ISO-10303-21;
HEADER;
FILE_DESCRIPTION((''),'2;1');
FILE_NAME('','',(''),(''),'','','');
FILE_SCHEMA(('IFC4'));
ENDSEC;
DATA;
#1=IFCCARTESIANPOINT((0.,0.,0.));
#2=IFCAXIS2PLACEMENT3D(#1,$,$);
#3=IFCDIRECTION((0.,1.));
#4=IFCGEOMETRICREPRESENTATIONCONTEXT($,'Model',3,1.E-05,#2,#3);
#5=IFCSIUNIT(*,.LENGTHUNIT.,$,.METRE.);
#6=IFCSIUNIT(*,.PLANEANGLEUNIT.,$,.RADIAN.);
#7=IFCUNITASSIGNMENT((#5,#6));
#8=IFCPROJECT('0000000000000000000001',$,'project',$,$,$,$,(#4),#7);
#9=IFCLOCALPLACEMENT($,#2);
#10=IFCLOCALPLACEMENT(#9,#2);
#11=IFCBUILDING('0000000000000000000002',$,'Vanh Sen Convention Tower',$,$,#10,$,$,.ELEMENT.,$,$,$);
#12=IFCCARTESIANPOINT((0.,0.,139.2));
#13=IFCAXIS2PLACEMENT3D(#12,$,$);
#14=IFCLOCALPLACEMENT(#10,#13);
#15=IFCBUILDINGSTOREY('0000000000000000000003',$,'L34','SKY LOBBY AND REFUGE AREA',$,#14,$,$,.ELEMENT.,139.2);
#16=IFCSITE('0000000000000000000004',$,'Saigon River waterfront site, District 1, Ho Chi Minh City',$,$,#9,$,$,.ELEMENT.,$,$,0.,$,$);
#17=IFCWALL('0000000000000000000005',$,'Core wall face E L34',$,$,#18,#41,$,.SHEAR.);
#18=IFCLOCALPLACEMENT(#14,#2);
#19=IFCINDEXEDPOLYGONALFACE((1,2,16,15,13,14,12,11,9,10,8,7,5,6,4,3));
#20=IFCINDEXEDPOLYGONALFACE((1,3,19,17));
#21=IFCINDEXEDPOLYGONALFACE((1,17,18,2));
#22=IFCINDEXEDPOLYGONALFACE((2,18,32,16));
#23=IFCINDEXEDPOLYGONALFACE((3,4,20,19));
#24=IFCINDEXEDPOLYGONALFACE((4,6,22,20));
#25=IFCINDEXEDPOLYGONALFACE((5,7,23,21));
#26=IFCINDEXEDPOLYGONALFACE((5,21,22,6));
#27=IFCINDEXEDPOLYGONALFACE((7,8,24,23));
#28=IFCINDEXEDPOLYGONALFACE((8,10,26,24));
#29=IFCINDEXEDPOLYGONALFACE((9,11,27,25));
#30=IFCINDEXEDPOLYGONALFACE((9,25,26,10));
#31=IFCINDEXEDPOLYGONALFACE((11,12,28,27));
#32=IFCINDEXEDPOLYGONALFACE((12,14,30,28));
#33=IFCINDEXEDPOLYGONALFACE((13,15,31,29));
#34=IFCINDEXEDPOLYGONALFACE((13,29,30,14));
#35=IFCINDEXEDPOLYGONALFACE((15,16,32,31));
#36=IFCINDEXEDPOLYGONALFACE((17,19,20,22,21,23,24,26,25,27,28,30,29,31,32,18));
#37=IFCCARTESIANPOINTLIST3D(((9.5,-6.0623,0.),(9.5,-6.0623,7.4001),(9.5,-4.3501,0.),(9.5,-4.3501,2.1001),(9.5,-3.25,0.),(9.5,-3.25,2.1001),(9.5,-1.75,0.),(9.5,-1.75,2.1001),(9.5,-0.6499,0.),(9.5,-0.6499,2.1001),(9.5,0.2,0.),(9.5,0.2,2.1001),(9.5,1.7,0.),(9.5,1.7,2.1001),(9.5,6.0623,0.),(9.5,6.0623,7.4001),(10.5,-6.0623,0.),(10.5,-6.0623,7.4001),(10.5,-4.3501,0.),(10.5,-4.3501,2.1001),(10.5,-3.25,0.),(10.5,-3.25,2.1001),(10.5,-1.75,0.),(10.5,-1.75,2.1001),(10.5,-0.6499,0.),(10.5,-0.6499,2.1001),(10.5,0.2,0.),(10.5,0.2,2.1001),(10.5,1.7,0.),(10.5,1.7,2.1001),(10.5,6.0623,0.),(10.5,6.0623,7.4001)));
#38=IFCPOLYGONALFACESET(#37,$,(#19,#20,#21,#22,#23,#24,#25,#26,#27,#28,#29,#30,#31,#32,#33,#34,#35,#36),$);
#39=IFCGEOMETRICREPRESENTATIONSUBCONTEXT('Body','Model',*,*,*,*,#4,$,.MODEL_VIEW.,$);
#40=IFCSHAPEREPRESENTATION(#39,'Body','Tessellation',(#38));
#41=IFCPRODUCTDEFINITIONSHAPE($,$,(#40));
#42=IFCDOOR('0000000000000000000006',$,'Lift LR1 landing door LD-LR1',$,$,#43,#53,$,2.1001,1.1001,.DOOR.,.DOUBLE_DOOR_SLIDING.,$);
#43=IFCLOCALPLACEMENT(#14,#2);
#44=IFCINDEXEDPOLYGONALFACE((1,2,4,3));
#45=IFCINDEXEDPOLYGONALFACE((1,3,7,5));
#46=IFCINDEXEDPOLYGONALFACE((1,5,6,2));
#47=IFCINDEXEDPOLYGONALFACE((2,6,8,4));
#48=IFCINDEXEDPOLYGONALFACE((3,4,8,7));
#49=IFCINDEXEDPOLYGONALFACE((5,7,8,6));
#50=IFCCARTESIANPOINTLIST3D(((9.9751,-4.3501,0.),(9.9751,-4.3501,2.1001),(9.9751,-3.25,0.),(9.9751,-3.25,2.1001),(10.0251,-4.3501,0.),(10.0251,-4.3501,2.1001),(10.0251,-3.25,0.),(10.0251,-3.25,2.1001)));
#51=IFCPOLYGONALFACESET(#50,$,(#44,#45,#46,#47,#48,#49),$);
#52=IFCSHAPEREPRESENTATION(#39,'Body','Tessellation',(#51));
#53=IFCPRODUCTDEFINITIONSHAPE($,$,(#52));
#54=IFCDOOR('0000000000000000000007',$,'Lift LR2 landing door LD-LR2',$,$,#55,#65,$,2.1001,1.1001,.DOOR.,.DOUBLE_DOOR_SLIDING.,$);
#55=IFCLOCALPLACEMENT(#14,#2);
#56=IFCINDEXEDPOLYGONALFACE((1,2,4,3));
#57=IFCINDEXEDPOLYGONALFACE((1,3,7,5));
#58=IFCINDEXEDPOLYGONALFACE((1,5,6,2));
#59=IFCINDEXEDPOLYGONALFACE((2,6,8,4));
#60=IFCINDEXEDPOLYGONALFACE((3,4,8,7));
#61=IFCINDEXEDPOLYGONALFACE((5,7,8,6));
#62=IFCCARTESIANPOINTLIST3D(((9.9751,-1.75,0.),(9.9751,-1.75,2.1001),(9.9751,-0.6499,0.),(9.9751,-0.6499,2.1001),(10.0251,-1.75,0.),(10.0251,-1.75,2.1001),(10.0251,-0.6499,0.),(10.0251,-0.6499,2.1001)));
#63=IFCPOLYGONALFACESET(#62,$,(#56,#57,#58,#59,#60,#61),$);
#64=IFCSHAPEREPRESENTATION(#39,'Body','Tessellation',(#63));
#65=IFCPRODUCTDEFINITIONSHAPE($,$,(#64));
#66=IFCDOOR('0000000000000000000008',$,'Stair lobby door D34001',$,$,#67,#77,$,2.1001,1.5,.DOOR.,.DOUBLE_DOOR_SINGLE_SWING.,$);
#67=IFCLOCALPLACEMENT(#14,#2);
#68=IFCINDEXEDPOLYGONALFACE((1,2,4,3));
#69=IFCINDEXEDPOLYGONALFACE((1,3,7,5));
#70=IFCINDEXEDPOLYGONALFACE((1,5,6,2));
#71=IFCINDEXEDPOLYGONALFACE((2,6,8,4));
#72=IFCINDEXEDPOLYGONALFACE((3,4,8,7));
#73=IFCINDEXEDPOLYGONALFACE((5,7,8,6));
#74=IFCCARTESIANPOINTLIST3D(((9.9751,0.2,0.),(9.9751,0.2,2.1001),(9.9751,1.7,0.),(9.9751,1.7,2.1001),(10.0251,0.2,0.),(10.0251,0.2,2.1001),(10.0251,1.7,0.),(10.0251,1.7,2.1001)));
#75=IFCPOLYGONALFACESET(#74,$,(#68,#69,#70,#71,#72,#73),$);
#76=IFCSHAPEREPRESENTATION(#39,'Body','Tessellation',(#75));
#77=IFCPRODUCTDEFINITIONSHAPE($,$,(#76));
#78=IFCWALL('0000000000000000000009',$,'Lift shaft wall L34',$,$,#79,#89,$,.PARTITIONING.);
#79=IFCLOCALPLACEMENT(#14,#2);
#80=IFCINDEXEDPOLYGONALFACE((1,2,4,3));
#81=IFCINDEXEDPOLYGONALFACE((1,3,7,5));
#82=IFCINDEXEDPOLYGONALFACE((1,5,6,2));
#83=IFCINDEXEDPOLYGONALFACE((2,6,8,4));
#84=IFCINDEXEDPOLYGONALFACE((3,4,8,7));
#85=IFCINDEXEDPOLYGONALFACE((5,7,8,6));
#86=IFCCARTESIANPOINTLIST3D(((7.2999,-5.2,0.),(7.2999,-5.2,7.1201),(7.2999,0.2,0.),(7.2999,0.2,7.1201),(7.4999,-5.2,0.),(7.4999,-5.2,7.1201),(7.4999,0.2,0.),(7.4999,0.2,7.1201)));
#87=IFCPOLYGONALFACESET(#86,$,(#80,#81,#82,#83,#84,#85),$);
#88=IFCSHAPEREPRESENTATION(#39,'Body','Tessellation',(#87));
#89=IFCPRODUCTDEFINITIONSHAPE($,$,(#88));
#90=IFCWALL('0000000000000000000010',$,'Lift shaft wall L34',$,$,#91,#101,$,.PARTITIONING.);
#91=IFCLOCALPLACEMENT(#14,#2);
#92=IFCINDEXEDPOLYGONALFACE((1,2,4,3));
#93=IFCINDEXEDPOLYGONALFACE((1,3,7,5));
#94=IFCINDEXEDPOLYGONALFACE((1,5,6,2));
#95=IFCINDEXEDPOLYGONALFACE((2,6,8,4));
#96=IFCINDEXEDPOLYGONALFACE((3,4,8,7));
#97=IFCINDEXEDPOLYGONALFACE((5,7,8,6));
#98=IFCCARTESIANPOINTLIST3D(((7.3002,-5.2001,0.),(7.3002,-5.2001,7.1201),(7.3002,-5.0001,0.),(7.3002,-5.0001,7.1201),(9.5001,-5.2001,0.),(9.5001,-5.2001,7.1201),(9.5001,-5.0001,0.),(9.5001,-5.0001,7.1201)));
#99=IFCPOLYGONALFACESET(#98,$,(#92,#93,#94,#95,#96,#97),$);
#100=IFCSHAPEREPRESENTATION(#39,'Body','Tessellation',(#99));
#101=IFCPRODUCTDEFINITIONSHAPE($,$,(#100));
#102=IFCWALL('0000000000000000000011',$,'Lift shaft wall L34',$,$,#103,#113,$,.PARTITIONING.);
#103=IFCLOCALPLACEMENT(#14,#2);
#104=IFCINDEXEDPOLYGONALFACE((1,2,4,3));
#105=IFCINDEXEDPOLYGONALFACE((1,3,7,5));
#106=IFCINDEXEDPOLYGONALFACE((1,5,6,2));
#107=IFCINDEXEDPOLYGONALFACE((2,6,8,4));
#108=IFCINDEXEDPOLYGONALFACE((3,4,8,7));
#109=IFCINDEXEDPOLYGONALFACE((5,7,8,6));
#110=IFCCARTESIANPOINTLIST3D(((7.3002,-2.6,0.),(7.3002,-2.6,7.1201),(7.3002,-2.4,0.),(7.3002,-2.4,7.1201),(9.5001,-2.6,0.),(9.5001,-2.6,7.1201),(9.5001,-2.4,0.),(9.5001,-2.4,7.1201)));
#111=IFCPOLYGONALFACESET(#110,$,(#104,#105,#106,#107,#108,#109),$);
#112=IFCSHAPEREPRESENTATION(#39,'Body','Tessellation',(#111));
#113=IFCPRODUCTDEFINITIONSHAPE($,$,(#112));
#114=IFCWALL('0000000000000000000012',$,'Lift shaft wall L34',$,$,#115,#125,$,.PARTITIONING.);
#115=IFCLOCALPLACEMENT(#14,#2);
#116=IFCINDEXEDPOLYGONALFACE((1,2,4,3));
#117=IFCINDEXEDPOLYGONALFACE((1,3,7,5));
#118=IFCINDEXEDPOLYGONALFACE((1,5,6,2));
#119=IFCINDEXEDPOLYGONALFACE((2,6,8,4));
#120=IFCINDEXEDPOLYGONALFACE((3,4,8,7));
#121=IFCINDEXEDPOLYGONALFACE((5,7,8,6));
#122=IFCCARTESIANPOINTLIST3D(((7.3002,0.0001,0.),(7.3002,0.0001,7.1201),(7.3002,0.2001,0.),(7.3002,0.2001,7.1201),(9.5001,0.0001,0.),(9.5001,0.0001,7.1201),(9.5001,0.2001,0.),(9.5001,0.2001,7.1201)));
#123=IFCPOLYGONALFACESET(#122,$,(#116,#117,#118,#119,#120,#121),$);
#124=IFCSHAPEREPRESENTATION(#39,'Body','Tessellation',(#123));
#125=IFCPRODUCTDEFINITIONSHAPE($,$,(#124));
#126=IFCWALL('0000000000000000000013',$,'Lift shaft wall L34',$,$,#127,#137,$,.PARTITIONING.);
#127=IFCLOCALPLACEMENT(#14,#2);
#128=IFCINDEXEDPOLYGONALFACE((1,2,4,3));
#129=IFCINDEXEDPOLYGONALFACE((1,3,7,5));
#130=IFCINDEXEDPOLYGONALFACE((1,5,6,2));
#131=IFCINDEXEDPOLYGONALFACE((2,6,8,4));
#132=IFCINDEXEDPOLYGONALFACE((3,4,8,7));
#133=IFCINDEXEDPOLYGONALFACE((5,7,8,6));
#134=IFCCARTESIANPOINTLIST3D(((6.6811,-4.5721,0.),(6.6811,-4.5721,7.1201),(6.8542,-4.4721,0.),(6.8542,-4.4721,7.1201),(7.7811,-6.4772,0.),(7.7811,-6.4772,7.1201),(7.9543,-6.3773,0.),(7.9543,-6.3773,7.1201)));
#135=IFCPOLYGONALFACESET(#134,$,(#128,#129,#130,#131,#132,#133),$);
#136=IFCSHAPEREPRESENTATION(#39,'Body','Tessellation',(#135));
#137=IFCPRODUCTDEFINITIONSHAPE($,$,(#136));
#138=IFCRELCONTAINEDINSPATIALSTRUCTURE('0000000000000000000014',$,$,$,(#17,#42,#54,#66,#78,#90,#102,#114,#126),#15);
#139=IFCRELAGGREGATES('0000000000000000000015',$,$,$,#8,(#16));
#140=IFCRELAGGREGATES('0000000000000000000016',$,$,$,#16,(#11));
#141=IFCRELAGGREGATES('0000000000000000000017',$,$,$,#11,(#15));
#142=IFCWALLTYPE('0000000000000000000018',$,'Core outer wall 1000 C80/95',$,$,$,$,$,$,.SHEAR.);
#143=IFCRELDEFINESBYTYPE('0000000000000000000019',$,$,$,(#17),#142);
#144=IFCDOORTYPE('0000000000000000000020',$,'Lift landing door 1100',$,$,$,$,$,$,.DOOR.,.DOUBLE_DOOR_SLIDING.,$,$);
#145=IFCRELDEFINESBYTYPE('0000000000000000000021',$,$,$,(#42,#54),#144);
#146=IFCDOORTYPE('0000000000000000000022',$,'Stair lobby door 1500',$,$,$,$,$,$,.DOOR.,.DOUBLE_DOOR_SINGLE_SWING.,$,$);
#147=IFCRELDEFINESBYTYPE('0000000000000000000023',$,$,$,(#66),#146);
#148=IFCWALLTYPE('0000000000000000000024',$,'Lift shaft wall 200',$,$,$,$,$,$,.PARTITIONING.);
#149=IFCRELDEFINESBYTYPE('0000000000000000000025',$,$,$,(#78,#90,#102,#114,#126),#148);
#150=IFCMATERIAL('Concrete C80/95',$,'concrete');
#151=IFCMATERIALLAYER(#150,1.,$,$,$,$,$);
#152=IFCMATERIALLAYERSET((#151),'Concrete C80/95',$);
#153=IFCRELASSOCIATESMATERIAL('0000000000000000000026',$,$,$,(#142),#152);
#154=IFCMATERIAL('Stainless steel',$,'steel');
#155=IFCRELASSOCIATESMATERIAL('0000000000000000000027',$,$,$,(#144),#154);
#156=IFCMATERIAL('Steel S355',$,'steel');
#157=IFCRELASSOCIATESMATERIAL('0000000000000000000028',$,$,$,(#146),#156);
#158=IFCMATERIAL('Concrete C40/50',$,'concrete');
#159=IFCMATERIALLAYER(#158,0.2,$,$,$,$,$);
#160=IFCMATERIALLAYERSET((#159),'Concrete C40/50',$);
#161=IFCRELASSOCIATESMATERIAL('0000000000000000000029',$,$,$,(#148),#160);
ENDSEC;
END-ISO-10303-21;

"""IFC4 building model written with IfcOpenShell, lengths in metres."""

from ifc_helpers import new_model, si_unit, direction, frame, frame_2d, origin, place, context, subcontext, project, spatial, rectangle, extrude, material, layer, layer_set, type_object, element, fill, save


model = new_model("IFC4")

# Units and contexts
model_context = context("Model", 3, precision=1e-05, world=origin(), true_north=direction((0.0, 1.0)))
body_context = subcontext(model_context, "Body", "Model", "MODEL_VIEW")
ifc_project = project(units=[si_unit("LENGTHUNIT", "METRE"), si_unit("PLANEANGLEUNIT", "RADIAN")], contexts=[model_context])

# Site, building, storey
site_placement = place(None, origin())
site = spatial("IfcSite", under=ifc_project, at=site_placement, Name="Saigon River waterfront site, District 1, Ho Chi Minh City", CompositionType="ELEMENT", RefElevation=0.0)
building_placement = place(site_placement, origin())
building = spatial("IfcBuilding", under=site, at=building_placement, Name="Vanh Sen Convention Tower", CompositionType="ELEMENT")
storey_placement = place(building_placement, frame((0.0, 0.0, 139.2)))
storey = spatial("IfcBuildingStorey", under=building, at=storey_placement, Name="L34", Description="SKY LOBBY AND REFUGE AREA", CompositionType="ELEMENT", Elevation=139.2)

# Shared definitions
ifc_material_1 = material(Name="Concrete C80/95", Category="concrete")

# Wall, openings, doors
ifc_layer_1 = layer(ifc_material_1, 1.0)
ifc_layer_set_1 = layer_set([ifc_layer_1], Name="Concrete C80/95")
wall_type_1 = type_object("IfcWallType", Name="Core outer wall 1000 C80/95", PredefinedType="SHEAR", material=ifc_layer_set_1)
wall_1_placement = place(storey_placement, frame((10.0, -6.0623, 0.0), z_axis=(0.0, 0.0, 1.0), x_axis=(0.0, 1.0, 0.0)))
wall_1 = element("IfcWall", 1, at=wall_1_placement, inside=storey, type_object=wall_type_1, Name="Core wall face E L34", PredefinedType="SHEAR", context=body_context, shape_type="SweptSolid", body=[
    extrude(rectangle(XDim=12.1245, YDim=1.0, at=frame_2d((6.0623, 0.0))), origin(), (0.0, 0.0, 1.0), 7.4001),
])
opening_1_placement = place(wall_1_placement, frame((6.2622, 0.0, 0.0)))
opening_1 = element("IfcOpeningElement", 2, at=opening_1_placement, cuts=wall_1, PredefinedType="OPENING", context=body_context, shape_type="SweptSolid", body=[
    extrude(rectangle(XDim=1.5, YDim=2.1001, at=frame_2d((0.75, 1.05))), frame((0.0, 0.51, 0.0), z_axis=(0.0, -1.0, 0.0), x_axis=(1.0, 0.0, 0.0)), (0.0, 0.0, 1.0), 1.02),
])
opening_2_placement = place(wall_1_placement, frame((1.7122, 0.0, 0.0)))
opening_2 = element("IfcOpeningElement", 3, at=opening_2_placement, cuts=wall_1, PredefinedType="OPENING", context=body_context, shape_type="SweptSolid", body=[
    extrude(rectangle(XDim=1.1001, YDim=2.1001, at=frame_2d((0.55, 1.05))), frame((0.0, 0.51, 0.0), z_axis=(0.0, -1.0, 0.0), x_axis=(1.0, 0.0, 0.0)), (0.0, 0.0, 1.0), 1.02),
])
opening_3_placement = place(wall_1_placement, frame((4.3123, 0.0, 0.0)))
opening_3 = element("IfcOpeningElement", 4, at=opening_3_placement, cuts=wall_1, PredefinedType="OPENING", context=body_context, shape_type="SweptSolid", body=[
    extrude(rectangle(XDim=1.1001, YDim=2.1001, at=frame_2d((0.55, 1.05))), frame((0.0, 0.51, 0.0), z_axis=(0.0, -1.0, 0.0), x_axis=(1.0, 0.0, 0.0)), (0.0, 0.0, 1.0), 1.02),
])
ifc_material_2 = material(Name="Stainless steel", Category="steel")
door_type_1 = type_object("IfcDoorType", Name="Lift landing door 1100", OperationType="DOUBLE_DOOR_SLIDING", PredefinedType="DOOR", material=ifc_material_2)
door_1_placement = place(opening_2_placement, origin())
door_1 = element("IfcDoor", 5, at=door_1_placement, inside=storey, type_object=door_type_1, Name="Lift LR1 landing door LD-LR1", OperationType="DOUBLE_DOOR_SLIDING", OverallHeight=2.1001, OverallWidth=1.1001, PredefinedType="DOOR", context=body_context, shape_type="SweptSolid", body=[
    extrude(rectangle(XDim=1.1001, YDim=2.1001, at=frame_2d((0.55, 1.05))), frame((0.0, 0.0249, 0.0), z_axis=(0.0, -1.0, 0.0), x_axis=(1.0, 0.0, 0.0)), (0.0, 0.0, 1.0), 0.05),
])
fill(opening_2, door_1)
door_2_placement = place(opening_3_placement, origin())
door_2 = element("IfcDoor", 6, at=door_2_placement, inside=storey, type_object=door_type_1, Name="Lift LR2 landing door LD-LR2", OperationType="DOUBLE_DOOR_SLIDING", OverallHeight=2.1001, OverallWidth=1.1001, PredefinedType="DOOR", context=body_context, shape_type="SweptSolid", body=[
    extrude(rectangle(XDim=1.1001, YDim=2.1001, at=frame_2d((0.55, 1.05))), frame((0.0, 0.0249, 0.0), z_axis=(0.0, -1.0, 0.0), x_axis=(1.0, 0.0, 0.0)), (0.0, 0.0, 1.0), 0.05),
])
fill(opening_3, door_2)
ifc_material_3 = material(Name="Steel S355", Category="steel")
door_type_2 = type_object("IfcDoorType", Name="Stair lobby door 1500", OperationType="DOUBLE_DOOR_SINGLE_SWING", PredefinedType="DOOR", material=ifc_material_3)
door_3_placement = place(opening_1_placement, origin())
door_3 = element("IfcDoor", 7, at=door_3_placement, inside=storey, type_object=door_type_2, Name="Stair lobby door D34001", OperationType="DOUBLE_DOOR_SINGLE_SWING", OverallHeight=2.1001, OverallWidth=1.5, PredefinedType="DOOR", context=body_context, shape_type="SweptSolid", body=[
    extrude(rectangle(XDim=1.5, YDim=2.1001, at=frame_2d((0.75, 1.05))), frame((0.0, 0.0249, 0.0), z_axis=(0.0, -1.0, 0.0), x_axis=(1.0, 0.0, 0.0)), (0.0, 0.0, 1.0), 0.05),
])
fill(opening_1, door_3)

# Walls
ifc_material_4 = material(Name="Concrete C40/50", Category="concrete")
ifc_layer_2 = layer(ifc_material_4, 0.2)
ifc_layer_set_2 = layer_set([ifc_layer_2], Name="Concrete C40/50")
wall_type_2 = type_object("IfcWallType", Name="Lift shaft wall 200", PredefinedType="PARTITIONING", material=ifc_layer_set_2)
wall_2_placement = place(storey_placement, frame((7.3999, -5.2, 0.0), z_axis=(0.0, 0.0, 1.0), x_axis=(0.0, 1.0, 0.0)))
element("IfcWall", 8, at=wall_2_placement, inside=storey, type_object=wall_type_2, Name="Lift shaft wall L34", PredefinedType="PARTITIONING", context=body_context, shape_type="SweptSolid", body=[
    extrude(rectangle(XDim=5.3999, YDim=0.2, at=frame_2d((2.7, 0.0))), origin(), (0.0, 0.0, 1.0), 7.1201),
])
for number, where, z_axis, x_axis, name in (
    (9, (7.3, -5.1001, 0.0), (0.0, 0.0, 1.0), (1.0, 0.0, 0.0), "Lift shaft wall L34"),
    (10, (7.3, -2.5, 0.0), (0.0, 0.0, 1.0), (1.0, 0.0, 0.0), "Lift shaft wall L34"),
    (11, (7.3, 0.1001, 0.0), (0.0, 0.0, 1.0), (1.0, 0.0, 0.0), "Lift shaft wall L34"),
    (12, (6.7676, -4.522, 0.0), (0.0, 0.0, 1.0), (0.50003, -0.866008, 0.0), "Lift shaft wall L34"),
):
    element("IfcWall", number, at=place(storey_placement, frame(where, z_axis=z_axis, x_axis=x_axis)), inside=storey, type_object=wall_type_2, Name=name, PredefinedType="PARTITIONING", context=body_context, shape_type="SweptSolid", body=[
        extrude(rectangle(XDim=2.2, YDim=0.2, at=frame_2d((1.1001, 0.0))), origin(), (0.0, 0.0, 1.0), 7.1201),
    ])

save(model, "model.ifc")
